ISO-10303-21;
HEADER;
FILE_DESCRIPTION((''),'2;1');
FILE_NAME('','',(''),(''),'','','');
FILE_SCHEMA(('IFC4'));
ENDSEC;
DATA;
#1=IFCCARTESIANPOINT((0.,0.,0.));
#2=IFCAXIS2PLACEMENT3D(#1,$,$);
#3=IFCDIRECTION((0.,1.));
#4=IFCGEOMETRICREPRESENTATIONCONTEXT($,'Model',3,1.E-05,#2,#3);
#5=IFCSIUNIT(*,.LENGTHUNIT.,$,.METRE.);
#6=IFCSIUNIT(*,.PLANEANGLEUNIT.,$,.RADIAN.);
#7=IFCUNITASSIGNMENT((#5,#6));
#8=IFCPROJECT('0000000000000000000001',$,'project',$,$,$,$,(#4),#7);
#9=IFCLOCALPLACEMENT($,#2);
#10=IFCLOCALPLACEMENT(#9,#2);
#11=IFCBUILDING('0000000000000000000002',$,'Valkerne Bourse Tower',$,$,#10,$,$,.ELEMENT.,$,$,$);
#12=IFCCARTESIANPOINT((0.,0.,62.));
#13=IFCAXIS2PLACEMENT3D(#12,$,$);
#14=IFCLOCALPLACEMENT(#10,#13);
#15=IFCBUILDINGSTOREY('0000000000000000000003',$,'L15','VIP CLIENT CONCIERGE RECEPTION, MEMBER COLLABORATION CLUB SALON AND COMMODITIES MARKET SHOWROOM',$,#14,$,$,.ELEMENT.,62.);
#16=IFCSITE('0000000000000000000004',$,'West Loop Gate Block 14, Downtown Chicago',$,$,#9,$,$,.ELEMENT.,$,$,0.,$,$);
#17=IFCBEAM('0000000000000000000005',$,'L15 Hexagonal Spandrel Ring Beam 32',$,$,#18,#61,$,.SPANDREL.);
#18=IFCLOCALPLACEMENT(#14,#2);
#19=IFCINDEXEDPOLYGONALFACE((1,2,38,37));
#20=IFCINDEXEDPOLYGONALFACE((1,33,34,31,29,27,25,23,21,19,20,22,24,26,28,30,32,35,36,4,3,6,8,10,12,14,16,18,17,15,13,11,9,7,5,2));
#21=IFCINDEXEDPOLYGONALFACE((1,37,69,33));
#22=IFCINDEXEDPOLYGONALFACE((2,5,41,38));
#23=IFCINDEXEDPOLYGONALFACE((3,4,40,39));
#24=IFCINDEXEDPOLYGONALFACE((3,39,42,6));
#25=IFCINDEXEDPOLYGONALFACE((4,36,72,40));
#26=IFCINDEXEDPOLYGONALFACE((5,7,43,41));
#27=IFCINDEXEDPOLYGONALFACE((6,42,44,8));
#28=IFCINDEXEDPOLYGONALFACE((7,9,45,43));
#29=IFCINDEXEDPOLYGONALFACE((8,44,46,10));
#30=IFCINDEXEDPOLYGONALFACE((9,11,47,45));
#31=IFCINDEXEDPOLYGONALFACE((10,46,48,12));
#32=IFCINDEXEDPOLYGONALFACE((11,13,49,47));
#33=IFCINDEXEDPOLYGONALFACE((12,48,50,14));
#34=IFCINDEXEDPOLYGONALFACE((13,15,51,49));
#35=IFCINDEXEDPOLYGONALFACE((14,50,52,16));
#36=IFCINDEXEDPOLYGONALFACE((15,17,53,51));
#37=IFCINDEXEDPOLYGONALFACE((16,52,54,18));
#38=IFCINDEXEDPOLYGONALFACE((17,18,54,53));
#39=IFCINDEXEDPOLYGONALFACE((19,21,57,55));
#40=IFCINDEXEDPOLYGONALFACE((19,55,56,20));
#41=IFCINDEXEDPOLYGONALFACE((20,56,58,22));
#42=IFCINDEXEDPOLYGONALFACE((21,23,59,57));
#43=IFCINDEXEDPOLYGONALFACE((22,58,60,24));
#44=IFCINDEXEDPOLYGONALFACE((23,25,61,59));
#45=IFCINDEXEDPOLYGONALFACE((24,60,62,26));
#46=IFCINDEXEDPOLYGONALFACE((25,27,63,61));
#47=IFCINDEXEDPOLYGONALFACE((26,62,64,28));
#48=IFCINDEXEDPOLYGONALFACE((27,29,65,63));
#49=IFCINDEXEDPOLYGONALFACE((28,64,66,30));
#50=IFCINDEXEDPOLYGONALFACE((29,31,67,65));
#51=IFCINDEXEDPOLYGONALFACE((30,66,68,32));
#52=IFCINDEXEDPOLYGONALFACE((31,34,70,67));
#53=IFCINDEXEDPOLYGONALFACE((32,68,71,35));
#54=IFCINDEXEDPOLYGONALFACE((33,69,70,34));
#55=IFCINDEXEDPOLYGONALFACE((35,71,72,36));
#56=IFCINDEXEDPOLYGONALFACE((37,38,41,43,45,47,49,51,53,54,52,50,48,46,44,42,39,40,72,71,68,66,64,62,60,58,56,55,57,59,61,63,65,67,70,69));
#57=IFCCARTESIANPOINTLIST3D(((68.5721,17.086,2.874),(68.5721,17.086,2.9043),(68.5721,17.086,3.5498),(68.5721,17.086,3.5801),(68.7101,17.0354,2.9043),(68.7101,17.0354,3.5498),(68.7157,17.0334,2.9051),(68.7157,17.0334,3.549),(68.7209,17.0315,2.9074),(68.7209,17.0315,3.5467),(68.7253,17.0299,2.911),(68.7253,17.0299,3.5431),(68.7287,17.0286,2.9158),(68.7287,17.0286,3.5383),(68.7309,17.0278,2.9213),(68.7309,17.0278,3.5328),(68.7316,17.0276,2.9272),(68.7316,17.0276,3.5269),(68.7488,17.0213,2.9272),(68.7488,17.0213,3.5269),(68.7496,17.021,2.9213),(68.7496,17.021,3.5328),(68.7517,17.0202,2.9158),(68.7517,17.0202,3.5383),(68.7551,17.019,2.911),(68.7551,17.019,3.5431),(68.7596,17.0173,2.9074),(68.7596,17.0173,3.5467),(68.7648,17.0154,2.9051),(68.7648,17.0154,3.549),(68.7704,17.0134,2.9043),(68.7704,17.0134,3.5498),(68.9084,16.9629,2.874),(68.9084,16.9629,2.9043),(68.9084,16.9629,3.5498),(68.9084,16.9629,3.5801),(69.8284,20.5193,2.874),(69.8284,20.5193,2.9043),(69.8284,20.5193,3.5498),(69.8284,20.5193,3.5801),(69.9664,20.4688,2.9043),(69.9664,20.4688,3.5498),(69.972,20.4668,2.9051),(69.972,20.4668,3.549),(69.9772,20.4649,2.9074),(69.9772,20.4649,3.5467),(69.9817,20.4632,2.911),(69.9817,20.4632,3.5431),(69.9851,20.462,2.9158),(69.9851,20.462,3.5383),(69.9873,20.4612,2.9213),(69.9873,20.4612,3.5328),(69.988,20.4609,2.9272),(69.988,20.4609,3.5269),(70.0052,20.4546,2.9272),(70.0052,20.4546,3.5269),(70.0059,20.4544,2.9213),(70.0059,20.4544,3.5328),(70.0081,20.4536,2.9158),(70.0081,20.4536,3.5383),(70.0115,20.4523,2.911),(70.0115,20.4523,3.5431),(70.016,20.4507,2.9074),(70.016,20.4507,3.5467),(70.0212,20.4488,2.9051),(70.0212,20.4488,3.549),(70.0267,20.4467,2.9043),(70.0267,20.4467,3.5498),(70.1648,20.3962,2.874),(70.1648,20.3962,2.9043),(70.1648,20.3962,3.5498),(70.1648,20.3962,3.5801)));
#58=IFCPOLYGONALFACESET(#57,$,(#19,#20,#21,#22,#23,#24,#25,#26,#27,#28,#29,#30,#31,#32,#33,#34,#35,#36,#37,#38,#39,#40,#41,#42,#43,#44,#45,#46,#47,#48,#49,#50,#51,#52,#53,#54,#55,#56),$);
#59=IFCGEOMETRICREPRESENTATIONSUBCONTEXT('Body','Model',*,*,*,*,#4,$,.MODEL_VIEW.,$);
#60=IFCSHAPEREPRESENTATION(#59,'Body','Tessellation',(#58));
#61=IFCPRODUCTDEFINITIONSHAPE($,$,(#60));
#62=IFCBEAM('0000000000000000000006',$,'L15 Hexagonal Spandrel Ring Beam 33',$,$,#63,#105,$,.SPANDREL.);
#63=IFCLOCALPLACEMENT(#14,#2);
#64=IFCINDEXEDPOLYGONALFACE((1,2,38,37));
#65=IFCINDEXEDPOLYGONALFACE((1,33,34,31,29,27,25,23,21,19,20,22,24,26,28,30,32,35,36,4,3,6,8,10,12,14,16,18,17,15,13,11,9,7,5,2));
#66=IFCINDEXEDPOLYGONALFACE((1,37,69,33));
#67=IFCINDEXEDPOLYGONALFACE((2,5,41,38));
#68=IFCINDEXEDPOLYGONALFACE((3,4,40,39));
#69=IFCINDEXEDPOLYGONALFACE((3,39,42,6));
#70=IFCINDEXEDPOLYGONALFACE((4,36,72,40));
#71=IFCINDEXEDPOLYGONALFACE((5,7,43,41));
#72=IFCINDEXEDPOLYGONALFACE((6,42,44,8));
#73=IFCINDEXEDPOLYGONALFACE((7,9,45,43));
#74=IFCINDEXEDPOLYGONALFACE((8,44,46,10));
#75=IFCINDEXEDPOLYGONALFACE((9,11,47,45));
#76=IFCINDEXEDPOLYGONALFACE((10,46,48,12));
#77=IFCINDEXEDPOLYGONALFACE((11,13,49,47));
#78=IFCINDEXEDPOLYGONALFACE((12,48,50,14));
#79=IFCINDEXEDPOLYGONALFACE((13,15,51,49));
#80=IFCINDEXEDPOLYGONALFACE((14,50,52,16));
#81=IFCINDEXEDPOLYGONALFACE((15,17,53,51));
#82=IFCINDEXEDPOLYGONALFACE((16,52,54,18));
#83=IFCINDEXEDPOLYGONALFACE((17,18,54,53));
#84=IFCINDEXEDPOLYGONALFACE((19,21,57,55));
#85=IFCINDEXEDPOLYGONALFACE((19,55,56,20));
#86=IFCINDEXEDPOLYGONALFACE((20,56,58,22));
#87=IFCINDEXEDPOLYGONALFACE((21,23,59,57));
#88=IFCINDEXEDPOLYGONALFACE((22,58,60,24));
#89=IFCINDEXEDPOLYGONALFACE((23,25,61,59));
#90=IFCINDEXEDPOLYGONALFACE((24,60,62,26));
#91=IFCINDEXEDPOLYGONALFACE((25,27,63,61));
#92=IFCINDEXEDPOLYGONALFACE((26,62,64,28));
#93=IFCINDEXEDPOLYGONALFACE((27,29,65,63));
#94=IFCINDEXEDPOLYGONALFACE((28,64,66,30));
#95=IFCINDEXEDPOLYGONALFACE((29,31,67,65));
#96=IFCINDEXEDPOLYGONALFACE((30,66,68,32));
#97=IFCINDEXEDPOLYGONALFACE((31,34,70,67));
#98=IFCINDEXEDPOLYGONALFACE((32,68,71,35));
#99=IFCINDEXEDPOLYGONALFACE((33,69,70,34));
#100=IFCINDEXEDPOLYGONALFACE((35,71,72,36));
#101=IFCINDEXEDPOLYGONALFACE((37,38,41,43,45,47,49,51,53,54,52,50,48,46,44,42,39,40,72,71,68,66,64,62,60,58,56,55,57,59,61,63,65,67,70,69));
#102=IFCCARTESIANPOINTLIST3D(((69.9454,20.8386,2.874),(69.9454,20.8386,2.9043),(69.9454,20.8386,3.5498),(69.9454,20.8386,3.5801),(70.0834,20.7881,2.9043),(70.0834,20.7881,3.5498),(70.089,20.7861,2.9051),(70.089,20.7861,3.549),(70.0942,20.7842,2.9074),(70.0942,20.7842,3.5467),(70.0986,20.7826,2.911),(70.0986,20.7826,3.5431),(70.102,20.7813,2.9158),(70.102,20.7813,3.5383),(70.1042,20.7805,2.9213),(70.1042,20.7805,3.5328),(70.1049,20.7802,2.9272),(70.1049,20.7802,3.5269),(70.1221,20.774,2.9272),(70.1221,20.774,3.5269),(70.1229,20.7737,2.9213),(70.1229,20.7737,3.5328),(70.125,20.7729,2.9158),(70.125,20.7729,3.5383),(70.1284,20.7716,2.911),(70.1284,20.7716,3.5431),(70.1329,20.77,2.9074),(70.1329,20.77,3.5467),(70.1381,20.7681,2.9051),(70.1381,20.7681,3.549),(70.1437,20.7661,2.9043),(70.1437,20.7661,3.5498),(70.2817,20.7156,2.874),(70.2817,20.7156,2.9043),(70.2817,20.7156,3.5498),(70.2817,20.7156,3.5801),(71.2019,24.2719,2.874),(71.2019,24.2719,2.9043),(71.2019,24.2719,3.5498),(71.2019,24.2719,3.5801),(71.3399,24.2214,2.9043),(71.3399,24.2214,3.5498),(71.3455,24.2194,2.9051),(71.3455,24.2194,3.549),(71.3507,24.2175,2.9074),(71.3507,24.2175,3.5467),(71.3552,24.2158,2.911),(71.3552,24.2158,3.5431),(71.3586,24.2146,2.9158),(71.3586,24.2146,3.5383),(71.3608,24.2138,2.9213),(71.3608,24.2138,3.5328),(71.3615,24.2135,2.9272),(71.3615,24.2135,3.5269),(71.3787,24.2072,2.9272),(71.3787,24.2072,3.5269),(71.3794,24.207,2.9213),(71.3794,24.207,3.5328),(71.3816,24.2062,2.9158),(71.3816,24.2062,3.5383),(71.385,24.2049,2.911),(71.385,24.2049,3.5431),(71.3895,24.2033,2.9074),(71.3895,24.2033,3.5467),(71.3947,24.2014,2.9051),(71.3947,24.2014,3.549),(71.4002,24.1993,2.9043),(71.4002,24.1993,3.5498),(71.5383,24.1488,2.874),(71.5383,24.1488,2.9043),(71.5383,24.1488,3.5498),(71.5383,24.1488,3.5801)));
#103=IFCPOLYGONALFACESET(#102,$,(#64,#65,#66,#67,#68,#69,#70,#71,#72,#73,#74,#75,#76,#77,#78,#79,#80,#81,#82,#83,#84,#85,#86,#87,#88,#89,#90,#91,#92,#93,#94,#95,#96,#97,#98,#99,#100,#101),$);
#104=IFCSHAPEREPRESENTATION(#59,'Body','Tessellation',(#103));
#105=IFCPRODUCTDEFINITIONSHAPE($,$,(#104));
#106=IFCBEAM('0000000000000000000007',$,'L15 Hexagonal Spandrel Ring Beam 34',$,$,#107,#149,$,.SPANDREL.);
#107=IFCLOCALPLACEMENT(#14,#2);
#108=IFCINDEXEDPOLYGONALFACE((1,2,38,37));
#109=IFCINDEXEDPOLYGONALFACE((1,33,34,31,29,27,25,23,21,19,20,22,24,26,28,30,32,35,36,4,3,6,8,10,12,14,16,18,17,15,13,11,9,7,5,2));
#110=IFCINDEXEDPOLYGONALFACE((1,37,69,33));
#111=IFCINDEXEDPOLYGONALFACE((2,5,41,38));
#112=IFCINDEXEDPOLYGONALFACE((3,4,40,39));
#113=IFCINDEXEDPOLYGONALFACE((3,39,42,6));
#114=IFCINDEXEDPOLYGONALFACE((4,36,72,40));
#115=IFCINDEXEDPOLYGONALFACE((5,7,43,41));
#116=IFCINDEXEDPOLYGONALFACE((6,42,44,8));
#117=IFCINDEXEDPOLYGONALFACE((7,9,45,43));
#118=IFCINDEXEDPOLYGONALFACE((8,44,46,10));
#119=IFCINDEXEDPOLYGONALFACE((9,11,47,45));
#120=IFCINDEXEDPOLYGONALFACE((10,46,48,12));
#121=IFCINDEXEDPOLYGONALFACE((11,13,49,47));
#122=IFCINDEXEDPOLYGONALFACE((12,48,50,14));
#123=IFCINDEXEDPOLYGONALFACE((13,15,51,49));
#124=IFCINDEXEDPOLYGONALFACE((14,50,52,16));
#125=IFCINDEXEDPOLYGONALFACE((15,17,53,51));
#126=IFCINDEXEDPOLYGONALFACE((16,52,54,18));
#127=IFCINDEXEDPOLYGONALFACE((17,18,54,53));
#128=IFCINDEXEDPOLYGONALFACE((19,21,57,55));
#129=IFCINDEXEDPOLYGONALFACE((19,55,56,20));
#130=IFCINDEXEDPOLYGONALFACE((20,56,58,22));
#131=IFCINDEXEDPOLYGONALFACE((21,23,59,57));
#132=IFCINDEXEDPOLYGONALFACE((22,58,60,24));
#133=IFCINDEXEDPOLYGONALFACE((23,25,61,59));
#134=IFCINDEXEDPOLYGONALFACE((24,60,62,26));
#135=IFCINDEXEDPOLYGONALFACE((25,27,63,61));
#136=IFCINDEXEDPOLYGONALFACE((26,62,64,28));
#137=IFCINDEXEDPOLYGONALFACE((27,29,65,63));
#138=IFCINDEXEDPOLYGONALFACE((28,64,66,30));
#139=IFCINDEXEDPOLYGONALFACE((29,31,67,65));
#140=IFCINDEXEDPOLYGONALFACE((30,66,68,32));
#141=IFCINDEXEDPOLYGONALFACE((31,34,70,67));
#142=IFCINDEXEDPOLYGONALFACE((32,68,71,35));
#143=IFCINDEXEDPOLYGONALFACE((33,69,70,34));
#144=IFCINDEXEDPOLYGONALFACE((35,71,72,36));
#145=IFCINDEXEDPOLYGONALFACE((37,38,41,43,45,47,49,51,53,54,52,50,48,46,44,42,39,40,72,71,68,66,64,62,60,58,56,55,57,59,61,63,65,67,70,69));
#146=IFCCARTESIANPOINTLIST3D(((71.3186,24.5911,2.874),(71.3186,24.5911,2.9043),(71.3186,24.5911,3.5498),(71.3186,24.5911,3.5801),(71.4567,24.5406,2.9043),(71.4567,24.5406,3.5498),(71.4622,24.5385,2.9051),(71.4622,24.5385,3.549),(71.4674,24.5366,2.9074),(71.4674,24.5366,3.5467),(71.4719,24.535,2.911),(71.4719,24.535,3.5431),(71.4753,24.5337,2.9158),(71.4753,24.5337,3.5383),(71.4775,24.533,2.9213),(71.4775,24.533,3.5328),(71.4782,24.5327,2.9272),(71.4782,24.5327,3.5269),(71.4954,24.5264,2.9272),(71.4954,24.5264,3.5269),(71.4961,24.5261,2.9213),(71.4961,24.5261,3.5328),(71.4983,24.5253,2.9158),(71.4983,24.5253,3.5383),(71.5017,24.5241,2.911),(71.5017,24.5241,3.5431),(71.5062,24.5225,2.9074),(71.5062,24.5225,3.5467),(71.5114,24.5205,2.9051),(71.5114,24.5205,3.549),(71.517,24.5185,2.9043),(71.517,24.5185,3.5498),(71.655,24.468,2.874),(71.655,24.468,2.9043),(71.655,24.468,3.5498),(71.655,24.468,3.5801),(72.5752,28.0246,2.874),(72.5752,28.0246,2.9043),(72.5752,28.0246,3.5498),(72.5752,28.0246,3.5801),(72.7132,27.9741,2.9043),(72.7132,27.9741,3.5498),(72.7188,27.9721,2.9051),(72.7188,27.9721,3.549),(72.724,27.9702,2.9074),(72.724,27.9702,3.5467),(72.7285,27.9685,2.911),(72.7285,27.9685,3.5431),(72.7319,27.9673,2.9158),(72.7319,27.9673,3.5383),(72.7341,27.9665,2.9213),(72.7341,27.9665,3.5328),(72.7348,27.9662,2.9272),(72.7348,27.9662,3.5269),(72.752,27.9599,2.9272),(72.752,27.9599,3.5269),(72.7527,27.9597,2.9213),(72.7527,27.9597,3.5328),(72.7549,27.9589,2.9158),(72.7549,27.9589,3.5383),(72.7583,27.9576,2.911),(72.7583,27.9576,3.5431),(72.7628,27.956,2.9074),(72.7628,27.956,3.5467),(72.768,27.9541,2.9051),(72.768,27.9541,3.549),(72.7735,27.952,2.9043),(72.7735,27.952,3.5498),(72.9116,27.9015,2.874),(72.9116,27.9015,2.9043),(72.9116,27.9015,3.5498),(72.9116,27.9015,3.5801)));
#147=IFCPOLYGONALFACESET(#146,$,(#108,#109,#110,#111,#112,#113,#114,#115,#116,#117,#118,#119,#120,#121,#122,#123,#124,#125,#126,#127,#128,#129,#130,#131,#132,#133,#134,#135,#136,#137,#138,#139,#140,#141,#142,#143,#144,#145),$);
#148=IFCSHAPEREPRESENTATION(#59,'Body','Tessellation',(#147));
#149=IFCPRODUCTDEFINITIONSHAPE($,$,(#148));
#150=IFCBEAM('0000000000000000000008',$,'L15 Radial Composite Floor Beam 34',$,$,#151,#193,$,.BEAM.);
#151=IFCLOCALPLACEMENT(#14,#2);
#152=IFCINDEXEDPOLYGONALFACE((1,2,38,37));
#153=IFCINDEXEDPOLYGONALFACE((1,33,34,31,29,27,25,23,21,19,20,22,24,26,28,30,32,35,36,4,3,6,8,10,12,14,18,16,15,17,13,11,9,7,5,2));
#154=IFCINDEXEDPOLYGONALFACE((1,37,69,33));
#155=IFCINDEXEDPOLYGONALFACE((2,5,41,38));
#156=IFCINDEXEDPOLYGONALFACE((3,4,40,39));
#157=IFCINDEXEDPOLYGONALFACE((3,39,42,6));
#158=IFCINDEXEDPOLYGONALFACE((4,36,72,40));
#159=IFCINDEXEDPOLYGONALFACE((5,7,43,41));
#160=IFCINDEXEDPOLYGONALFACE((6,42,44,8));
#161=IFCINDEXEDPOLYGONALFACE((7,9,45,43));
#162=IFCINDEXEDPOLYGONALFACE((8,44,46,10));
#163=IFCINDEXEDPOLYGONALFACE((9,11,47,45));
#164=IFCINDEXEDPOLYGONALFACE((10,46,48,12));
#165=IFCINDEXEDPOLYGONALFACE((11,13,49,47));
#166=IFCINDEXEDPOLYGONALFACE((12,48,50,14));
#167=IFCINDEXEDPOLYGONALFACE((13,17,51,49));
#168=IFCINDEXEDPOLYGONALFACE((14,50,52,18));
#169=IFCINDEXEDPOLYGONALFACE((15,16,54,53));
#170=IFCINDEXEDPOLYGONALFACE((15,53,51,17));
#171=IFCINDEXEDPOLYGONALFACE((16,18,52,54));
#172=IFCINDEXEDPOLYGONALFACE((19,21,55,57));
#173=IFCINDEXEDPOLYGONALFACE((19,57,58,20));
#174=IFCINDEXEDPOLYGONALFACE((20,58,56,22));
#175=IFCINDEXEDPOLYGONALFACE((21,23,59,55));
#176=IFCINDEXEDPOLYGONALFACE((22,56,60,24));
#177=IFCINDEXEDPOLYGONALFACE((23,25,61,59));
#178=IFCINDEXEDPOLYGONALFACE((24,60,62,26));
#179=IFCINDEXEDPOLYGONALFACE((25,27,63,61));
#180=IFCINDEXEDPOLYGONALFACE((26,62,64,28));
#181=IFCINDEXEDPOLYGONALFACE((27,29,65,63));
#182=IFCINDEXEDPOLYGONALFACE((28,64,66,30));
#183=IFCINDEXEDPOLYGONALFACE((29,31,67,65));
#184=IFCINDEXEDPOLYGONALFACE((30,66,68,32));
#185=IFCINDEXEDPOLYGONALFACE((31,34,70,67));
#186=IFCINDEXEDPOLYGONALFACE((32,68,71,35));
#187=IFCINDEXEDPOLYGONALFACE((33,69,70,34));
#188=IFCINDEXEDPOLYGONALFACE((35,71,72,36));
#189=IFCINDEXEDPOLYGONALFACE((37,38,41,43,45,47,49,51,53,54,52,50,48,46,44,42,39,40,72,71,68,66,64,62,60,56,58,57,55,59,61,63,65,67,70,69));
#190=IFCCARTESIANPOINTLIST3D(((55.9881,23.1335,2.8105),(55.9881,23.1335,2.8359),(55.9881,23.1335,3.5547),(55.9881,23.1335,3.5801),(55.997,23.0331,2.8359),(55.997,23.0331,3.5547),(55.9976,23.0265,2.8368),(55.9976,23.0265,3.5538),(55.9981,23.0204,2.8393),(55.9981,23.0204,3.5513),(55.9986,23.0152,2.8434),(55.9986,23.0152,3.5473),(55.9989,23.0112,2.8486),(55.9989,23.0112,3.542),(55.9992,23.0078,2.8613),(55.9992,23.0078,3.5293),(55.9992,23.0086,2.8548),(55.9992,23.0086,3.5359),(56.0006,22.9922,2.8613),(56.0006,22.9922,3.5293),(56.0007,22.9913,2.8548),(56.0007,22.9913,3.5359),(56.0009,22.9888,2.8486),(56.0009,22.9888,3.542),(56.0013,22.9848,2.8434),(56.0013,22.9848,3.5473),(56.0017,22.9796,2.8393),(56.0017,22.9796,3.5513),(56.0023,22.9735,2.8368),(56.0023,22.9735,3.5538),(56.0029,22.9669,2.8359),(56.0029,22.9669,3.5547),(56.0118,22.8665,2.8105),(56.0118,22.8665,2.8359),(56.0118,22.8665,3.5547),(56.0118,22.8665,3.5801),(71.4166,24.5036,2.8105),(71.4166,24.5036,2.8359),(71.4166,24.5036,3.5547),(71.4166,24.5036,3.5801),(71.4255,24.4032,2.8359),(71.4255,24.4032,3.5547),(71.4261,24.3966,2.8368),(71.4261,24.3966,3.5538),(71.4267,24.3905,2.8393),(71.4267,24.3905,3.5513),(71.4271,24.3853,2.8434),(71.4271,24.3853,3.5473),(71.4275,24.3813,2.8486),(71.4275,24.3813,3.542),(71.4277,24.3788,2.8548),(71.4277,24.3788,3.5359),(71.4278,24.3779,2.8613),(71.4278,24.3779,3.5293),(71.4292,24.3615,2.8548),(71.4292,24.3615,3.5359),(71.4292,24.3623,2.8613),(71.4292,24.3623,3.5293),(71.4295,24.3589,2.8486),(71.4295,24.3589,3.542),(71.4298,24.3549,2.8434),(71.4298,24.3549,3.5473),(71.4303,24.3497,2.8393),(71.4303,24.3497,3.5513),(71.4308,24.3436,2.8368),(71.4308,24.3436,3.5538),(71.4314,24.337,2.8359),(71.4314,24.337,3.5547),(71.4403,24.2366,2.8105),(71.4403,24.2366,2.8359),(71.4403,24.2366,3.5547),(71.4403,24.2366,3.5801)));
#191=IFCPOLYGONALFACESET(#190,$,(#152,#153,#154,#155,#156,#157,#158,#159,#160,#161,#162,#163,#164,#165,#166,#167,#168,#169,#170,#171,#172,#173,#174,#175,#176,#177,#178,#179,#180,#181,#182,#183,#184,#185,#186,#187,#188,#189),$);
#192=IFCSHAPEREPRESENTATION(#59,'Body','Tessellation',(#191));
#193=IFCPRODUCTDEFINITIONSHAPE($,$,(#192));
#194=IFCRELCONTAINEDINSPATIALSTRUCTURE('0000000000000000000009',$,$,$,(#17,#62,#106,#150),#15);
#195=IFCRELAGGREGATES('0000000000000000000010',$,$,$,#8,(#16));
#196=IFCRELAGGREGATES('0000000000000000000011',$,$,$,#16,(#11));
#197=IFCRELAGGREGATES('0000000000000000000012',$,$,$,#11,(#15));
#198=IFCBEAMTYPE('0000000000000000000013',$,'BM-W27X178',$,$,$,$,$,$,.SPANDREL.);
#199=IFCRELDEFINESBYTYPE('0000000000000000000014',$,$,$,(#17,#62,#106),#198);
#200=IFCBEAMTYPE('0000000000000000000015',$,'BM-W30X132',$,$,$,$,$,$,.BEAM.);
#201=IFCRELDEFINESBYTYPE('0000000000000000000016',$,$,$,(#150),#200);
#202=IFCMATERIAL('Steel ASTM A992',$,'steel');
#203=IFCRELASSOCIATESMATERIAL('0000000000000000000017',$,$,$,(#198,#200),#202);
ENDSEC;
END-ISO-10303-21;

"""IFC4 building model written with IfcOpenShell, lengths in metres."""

from ifc_helpers import new_model, si_unit, direction, frame, origin, origin_2d, place, context, subcontext, project, spatial, i_section, extrude, material, material_profile, profile_set, type_object, element, save


model = new_model("IFC4")

# Units and contexts
model_context = context("Model", 3, precision=1e-05, world=origin(), true_north=direction((0.0, 1.0)))
body_context = subcontext(model_context, "Body", "Model", "MODEL_VIEW")
ifc_project = project(units=[si_unit("LENGTHUNIT", "METRE"), si_unit("PLANEANGLEUNIT", "RADIAN")], contexts=[model_context])

# Site, building, storey
site_placement = place(None, origin())
site = spatial("IfcSite", under=ifc_project, at=site_placement, Name="West Loop Gate Block 14, Downtown Chicago", CompositionType="ELEMENT", RefElevation=0.0)
building_placement = place(site_placement, origin())
building = spatial("IfcBuilding", under=site, at=building_placement, Name="Valkerne Bourse Tower", CompositionType="ELEMENT")
storey_placement = place(building_placement, frame((0.0, 0.0, 62.0)))
storey = spatial("IfcBuildingStorey", under=building, at=storey_placement, Name="L15", Description="VIP CLIENT CONCIERGE RECEPTION, MEMBER COLLABORATION CLUB SALON AND COMMODITIES MARKET SHOWROOM", CompositionType="ELEMENT", Elevation=62.0)

# Beams
ifc_material_1 = material(Name="Steel ASTM A992", Category="steel")
ifc_material_profile_1 = material_profile(ifc_material_1, i_section(OverallWidth=0.3582, OverallDepth=0.7061, WebThickness=0.0183, FlangeThickness=0.0303, FilletRadius=0.0229, at=origin_2d()), Name="W27X178")
ifc_profile_set_1 = profile_set([ifc_material_profile_1], Name="Steel ASTM A992")
beam_type_1 = type_object("IfcBeamType", Name="BM-W27X178", PredefinedType="SPANDREL", material=ifc_profile_set_1)
for number, where, z_axis, x_axis, name in (
    (1, (68.7402, 17.0244, 3.2271), (0.34364, 0.939101, 0.0), (-0.939101, 0.34364, 0.0), "L15 Hexagonal Spandrel Ring Beam 32"),
    (2, (70.1135, 20.7771, 3.2271), (0.343699, 0.93908, 0.0), (-0.93908, 0.343699, 0.0), "L15 Hexagonal Spandrel Ring Beam 33"),
):
    element("IfcBeam", number, at=place(storey_placement, frame(where, z_axis=z_axis, x_axis=x_axis)), inside=storey, type_object=beam_type_1, Name=name, PredefinedType="SPANDREL", context=body_context, shape_type="SweptSolid", body=[
        extrude(i_section(OverallWidth=0.3582, OverallDepth=0.7061, WebThickness=0.0183, FlangeThickness=0.0303, FilletRadius=0.0229, at=origin_2d()), origin(), (0.0, 0.0, 1.0), 3.656),
    ])
beam_1_placement = place(storey_placement, frame((71.4868, 24.5295, 3.2271), z_axis=(0.343678, 0.939088, 0.0), x_axis=(-0.939088, 0.343678, 0.0)))
element("IfcBeam", 3, at=beam_1_placement, inside=storey, type_object=beam_type_1, Name="L15 Hexagonal Spandrel Ring Beam 34", PredefinedType="SPANDREL", context=body_context, shape_type="SweptSolid", body=[
    extrude(i_section(OverallWidth=0.3582, OverallDepth=0.7061, WebThickness=0.0183, FlangeThickness=0.0303, FilletRadius=0.0229, at=origin_2d()), origin(), (0.0, 0.0, 1.0), 3.6562),
])
ifc_material_profile_2 = material_profile(ifc_material_1, i_section(OverallWidth=0.2681, OverallDepth=0.7695, WebThickness=0.0156, FlangeThickness=0.0254, FilletRadius=0.0254, at=origin_2d()), Name="W30X132")
ifc_profile_set_2 = profile_set([ifc_material_profile_2], Name="Steel ASTM A992")
beam_type_2 = type_object("IfcBeamType", Name="BM-W30X132", PredefinedType="BEAM", material=ifc_profile_set_2)
beam_2_placement = place(storey_placement, frame((71.4285, 24.3701, 3.1953), z_axis=(-0.99608, -0.088456, 0.0), x_axis=(0.088456, -0.99608, 0.0)))
element("IfcBeam", 4, at=beam_2_placement, inside=storey, type_object=beam_type_2, Name="L15 Radial Composite Floor Beam 34", PredefinedType="BEAM", context=body_context, shape_type="SweptSolid", body=[
    extrude(i_section(OverallWidth=0.2681, OverallDepth=0.7695, WebThickness=0.0156, FlangeThickness=0.0254, FilletRadius=0.0254, at=origin_2d()), origin(), (0.0, 0.0, 1.0), 15.4893),
])

save(model, "model.ifc")
